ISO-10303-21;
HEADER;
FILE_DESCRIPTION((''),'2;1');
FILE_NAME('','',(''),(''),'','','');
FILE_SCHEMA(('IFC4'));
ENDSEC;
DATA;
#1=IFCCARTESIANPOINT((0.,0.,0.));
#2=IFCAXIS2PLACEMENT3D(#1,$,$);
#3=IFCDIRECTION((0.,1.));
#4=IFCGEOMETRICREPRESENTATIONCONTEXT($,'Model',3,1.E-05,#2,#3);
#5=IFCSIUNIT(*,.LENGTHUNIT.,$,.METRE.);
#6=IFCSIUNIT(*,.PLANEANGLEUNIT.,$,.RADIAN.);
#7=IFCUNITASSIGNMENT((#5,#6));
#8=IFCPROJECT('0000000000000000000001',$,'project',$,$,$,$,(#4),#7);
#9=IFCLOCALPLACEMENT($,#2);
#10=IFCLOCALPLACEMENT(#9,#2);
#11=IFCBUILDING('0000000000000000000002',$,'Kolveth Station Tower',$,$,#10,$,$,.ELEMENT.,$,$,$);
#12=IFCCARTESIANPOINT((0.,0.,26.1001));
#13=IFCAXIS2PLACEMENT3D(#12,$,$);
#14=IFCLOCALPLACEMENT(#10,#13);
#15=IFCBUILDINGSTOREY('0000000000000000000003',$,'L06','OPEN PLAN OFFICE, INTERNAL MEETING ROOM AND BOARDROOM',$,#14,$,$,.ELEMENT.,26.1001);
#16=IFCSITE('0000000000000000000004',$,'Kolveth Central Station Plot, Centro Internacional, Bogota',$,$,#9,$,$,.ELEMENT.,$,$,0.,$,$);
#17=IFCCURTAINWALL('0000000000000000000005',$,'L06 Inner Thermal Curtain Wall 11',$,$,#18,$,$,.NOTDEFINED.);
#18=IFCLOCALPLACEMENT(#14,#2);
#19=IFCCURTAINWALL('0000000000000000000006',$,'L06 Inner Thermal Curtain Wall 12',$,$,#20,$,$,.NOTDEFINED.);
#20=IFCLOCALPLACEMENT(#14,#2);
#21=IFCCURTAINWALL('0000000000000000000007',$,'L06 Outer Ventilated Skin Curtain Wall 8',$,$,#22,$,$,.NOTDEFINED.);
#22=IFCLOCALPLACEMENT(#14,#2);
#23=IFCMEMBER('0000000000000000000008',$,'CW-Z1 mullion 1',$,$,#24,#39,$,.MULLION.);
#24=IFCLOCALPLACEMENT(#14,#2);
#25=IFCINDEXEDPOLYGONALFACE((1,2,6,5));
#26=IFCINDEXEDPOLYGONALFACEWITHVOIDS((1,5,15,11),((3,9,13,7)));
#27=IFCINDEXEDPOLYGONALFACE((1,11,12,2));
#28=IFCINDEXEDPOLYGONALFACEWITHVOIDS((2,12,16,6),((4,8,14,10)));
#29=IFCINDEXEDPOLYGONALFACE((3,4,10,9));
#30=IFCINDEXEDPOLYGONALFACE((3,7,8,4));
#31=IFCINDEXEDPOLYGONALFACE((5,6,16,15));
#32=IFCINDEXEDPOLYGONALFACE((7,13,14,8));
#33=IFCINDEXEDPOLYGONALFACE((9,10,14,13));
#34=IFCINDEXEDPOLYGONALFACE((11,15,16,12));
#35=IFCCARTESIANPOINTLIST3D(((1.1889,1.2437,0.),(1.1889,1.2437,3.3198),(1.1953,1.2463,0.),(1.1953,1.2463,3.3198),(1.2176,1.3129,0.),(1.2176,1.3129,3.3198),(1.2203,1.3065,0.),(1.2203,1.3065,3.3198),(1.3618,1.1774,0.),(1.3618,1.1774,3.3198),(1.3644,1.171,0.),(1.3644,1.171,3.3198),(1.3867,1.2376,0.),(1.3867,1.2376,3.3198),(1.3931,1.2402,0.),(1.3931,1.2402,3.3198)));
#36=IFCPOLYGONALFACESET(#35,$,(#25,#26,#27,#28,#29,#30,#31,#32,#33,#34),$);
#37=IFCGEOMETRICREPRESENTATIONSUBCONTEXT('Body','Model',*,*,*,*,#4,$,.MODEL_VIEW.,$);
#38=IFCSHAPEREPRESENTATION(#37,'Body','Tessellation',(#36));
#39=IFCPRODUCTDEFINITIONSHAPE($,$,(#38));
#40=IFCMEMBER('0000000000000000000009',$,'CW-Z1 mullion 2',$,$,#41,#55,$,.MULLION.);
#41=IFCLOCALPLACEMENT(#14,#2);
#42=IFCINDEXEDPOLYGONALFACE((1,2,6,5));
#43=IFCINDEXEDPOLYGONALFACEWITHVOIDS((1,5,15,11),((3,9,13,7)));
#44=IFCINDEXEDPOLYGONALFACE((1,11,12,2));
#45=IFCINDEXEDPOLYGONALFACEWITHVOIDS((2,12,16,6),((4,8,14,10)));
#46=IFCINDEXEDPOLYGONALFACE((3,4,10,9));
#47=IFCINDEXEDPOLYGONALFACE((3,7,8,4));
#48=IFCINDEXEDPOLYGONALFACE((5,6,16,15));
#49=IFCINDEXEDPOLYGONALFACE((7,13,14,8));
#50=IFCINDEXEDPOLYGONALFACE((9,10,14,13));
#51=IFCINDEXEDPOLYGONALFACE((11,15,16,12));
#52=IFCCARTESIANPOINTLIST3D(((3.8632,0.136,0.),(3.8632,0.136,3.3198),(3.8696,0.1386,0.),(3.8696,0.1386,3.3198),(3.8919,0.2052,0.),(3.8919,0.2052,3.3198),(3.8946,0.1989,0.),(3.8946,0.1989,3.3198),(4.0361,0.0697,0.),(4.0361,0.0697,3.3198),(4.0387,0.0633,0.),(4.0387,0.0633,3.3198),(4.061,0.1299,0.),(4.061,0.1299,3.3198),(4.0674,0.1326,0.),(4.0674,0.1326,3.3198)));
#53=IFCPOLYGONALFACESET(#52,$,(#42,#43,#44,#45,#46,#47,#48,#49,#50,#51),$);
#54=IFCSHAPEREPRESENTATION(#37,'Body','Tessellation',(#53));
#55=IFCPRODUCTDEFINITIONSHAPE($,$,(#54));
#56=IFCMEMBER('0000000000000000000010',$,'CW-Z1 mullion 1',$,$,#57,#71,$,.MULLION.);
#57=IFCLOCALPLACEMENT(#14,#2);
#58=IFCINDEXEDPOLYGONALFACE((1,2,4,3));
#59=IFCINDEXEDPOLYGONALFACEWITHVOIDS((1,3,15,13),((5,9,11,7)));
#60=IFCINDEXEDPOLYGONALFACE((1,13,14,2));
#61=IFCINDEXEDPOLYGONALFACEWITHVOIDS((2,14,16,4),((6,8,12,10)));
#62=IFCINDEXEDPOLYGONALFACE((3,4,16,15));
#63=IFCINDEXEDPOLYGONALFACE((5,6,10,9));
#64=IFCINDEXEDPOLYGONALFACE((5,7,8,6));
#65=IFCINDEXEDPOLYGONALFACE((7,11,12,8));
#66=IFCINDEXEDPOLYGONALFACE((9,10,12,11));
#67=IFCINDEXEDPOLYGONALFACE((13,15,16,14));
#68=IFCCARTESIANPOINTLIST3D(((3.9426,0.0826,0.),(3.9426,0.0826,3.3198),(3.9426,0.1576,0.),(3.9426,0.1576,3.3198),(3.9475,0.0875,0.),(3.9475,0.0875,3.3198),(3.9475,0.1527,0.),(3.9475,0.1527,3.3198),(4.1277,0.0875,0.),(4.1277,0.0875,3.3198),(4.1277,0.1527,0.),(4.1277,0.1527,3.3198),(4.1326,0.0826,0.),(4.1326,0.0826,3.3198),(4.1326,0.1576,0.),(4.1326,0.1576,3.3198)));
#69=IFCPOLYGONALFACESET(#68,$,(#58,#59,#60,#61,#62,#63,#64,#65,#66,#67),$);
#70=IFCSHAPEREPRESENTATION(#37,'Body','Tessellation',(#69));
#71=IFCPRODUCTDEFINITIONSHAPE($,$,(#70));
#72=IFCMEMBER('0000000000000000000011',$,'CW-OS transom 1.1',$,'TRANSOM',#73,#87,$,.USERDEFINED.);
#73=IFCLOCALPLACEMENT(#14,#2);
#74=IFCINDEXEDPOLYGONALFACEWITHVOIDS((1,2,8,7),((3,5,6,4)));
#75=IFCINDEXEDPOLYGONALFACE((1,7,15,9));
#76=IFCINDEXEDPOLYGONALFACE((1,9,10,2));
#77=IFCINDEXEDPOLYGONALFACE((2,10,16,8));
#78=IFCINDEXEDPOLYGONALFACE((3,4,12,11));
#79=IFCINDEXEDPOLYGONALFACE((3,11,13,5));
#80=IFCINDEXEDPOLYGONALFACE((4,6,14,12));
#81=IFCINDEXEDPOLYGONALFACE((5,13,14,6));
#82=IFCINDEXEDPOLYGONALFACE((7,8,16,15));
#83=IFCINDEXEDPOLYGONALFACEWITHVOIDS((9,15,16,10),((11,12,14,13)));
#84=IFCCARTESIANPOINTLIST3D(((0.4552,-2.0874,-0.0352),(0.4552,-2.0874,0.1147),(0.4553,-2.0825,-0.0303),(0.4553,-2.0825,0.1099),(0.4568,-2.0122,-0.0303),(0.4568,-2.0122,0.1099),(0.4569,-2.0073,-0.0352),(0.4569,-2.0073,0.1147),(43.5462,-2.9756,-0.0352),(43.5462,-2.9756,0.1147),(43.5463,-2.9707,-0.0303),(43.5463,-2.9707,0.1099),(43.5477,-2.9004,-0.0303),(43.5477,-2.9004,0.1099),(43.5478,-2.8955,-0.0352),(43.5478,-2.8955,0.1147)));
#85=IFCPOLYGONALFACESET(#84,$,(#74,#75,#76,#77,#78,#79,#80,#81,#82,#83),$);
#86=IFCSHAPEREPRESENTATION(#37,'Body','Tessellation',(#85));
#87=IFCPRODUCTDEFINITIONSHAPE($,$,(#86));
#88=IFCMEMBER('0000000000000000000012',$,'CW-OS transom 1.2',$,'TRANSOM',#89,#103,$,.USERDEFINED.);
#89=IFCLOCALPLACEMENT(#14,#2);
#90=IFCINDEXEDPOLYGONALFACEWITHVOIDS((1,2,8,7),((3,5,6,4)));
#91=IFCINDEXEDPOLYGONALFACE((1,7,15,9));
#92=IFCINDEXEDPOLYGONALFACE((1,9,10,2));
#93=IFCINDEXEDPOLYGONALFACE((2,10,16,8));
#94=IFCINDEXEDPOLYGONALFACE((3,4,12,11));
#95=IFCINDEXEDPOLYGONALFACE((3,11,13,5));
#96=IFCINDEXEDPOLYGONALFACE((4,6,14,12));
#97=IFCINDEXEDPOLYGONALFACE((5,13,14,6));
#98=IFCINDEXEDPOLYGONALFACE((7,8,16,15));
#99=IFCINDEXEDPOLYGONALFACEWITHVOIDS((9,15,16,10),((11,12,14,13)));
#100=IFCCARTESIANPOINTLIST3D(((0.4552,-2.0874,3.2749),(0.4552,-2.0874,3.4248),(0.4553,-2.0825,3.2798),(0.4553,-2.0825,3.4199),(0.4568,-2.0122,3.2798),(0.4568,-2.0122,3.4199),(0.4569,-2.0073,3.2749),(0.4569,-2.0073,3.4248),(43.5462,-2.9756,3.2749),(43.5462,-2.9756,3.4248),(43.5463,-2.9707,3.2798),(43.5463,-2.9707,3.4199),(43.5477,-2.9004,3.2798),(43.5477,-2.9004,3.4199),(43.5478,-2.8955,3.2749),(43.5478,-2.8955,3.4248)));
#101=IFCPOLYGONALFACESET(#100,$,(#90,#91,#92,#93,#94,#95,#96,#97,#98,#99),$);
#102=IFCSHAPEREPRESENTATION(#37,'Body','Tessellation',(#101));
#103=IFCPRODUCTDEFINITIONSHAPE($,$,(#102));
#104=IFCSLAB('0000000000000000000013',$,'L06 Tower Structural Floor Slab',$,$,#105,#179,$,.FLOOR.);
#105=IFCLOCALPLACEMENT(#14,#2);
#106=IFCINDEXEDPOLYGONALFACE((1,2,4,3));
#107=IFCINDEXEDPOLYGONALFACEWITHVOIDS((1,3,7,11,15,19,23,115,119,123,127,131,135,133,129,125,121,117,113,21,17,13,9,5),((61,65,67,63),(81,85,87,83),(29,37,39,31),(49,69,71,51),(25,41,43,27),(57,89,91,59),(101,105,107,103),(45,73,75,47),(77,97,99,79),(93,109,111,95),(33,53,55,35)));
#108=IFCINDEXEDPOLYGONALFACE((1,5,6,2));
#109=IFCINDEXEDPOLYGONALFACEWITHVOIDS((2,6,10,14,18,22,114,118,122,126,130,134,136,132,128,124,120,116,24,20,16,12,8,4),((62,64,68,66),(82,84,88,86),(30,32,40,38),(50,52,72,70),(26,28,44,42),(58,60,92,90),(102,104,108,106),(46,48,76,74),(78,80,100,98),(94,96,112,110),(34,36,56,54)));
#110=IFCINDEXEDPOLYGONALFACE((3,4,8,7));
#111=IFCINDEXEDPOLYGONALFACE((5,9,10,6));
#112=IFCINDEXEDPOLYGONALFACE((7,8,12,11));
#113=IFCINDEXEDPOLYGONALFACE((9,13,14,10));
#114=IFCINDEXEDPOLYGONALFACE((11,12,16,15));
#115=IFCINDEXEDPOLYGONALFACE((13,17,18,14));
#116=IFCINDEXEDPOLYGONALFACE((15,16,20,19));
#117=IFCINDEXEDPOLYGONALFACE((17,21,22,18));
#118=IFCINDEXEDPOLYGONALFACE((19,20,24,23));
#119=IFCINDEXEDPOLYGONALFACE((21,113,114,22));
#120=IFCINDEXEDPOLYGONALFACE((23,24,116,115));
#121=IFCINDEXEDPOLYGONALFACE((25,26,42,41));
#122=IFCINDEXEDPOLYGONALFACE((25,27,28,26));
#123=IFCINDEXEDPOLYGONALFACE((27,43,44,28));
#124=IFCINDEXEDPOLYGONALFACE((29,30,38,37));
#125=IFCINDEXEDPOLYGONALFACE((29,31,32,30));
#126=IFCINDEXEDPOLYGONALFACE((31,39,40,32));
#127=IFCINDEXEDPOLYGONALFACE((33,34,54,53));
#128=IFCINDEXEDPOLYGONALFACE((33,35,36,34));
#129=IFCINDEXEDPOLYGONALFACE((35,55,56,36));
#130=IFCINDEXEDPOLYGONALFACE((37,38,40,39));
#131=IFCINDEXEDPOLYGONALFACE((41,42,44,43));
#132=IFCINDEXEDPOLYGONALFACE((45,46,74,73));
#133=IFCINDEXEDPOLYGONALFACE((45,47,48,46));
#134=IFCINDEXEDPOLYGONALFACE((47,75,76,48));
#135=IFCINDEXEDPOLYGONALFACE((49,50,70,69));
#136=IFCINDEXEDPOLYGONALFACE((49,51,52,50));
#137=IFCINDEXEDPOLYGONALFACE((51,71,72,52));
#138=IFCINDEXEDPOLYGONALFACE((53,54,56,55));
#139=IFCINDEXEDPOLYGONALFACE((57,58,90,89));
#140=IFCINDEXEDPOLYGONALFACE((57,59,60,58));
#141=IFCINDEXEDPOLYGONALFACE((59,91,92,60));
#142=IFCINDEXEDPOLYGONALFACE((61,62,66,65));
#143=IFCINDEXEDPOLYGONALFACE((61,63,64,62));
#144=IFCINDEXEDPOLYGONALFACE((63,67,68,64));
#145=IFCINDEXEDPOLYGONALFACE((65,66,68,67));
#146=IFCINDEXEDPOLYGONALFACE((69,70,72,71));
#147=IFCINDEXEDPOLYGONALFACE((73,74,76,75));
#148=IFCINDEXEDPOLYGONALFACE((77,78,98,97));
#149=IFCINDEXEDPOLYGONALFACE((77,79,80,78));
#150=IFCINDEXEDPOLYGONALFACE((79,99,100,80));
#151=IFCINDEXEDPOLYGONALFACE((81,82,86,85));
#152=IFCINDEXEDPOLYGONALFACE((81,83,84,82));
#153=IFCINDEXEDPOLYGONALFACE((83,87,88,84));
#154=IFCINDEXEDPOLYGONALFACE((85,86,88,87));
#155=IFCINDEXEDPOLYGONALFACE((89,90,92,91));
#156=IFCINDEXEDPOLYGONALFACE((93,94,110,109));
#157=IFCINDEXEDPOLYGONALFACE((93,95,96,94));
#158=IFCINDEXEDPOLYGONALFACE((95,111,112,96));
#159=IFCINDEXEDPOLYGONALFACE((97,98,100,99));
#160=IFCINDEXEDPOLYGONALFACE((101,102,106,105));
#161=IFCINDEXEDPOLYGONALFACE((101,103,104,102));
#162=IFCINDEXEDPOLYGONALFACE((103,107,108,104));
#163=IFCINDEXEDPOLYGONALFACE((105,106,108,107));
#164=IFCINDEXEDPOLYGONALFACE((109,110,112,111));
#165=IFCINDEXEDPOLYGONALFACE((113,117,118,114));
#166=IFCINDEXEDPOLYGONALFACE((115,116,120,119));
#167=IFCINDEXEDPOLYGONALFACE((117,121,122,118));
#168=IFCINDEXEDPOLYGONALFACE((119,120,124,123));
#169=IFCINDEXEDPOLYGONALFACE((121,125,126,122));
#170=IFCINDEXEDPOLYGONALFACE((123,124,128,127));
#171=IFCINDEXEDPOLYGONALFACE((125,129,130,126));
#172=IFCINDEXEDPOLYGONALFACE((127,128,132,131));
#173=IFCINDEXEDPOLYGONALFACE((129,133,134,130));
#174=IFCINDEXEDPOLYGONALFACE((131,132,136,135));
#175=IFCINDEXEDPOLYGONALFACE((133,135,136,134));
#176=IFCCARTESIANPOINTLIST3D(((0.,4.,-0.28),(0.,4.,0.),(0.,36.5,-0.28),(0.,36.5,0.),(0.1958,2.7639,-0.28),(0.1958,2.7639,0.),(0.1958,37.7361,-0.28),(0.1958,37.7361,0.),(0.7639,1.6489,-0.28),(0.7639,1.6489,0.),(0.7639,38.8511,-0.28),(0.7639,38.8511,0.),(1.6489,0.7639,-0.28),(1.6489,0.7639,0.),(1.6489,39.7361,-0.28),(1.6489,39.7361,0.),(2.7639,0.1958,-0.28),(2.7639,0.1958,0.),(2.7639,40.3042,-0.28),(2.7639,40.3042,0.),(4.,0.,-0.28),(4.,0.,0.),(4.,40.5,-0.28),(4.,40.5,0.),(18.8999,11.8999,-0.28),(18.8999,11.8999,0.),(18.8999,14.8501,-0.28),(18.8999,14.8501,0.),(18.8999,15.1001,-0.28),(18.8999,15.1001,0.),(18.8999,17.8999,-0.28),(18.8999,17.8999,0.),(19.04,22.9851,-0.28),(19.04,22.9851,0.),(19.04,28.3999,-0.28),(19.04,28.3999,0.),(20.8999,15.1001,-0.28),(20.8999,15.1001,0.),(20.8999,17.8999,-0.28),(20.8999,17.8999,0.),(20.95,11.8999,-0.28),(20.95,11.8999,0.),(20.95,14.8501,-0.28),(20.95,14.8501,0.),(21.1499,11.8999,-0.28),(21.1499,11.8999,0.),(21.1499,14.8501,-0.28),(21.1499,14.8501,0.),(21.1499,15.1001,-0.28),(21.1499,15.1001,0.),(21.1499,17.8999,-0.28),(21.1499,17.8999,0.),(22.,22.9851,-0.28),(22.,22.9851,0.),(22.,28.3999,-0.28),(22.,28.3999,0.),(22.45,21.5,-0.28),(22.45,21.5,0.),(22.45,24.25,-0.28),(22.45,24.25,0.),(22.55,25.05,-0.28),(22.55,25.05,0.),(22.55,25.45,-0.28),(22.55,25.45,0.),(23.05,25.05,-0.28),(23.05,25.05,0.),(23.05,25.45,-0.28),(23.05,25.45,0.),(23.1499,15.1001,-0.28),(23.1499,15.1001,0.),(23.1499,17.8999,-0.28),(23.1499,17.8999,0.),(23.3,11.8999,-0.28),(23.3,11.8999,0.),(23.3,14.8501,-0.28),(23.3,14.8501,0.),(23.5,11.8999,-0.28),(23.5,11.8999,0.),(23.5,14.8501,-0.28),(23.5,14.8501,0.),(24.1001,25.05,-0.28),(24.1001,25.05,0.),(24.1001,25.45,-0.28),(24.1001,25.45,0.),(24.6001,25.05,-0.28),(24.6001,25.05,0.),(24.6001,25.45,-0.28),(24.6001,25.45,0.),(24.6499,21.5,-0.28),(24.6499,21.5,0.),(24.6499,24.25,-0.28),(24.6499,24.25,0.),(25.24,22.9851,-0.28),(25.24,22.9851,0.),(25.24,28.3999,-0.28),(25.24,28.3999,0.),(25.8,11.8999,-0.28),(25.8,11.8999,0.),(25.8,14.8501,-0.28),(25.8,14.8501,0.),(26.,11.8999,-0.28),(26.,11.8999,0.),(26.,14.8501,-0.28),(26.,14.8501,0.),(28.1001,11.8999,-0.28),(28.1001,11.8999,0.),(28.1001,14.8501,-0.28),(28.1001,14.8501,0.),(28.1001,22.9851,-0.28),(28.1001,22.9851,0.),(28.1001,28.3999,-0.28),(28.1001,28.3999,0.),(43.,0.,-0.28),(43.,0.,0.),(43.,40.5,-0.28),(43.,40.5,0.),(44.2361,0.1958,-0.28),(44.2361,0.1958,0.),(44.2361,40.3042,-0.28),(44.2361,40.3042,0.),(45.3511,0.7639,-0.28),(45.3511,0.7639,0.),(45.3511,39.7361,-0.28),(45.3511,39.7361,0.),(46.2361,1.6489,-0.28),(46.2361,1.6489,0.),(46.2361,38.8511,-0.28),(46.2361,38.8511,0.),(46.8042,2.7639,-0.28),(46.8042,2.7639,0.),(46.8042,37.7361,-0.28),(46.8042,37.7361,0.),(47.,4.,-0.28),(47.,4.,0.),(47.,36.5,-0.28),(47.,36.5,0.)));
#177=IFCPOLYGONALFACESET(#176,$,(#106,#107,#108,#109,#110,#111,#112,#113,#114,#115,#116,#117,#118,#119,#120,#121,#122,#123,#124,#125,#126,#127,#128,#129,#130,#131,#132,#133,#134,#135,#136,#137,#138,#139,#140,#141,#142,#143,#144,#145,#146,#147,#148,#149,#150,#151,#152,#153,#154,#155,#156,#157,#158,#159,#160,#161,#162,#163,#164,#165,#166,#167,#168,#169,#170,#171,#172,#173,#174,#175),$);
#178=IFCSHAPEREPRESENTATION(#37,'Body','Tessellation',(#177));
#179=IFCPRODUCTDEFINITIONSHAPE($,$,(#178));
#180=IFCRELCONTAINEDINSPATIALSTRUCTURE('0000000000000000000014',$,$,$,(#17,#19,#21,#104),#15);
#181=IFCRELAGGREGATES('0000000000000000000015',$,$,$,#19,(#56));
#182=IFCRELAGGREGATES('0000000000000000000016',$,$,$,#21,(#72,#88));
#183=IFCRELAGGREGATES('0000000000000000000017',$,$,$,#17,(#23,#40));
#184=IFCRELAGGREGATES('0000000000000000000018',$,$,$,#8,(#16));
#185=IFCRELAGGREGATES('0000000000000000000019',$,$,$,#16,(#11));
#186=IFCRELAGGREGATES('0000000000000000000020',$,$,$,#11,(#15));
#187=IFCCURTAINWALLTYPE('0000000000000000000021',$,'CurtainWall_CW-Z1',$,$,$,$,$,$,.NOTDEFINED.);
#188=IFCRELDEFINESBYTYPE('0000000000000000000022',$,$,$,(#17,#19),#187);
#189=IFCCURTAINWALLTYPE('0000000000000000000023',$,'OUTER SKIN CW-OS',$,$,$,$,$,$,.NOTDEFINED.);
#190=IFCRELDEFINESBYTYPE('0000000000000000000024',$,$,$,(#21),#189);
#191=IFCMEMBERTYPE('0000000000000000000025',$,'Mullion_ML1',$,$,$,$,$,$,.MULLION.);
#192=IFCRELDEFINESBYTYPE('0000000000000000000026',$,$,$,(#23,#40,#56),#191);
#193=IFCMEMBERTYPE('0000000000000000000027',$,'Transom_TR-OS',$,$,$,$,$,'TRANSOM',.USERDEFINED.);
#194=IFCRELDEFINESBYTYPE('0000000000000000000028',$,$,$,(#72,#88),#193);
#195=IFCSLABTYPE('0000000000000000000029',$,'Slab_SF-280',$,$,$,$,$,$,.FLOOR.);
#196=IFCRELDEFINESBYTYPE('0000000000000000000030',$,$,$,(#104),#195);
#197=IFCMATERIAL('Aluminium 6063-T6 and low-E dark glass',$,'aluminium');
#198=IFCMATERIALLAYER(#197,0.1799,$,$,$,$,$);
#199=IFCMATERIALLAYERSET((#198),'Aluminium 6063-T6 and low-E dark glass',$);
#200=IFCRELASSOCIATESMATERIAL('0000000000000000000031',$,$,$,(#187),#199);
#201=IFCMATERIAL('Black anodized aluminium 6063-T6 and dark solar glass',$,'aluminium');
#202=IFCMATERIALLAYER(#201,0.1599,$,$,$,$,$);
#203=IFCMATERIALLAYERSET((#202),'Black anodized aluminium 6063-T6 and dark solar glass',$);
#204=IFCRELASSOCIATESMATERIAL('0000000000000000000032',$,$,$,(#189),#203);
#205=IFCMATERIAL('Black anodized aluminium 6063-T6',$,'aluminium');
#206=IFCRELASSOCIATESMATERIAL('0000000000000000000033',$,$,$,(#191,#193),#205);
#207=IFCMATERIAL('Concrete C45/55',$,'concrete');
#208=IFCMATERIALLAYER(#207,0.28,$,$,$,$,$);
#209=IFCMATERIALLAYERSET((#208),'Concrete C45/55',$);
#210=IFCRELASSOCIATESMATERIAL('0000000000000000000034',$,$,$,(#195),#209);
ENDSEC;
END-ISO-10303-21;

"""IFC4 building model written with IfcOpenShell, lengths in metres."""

from ifc_helpers import new_model, si_unit, direction, frame, origin, origin_2d, place, context, subcontext, project, spatial, polyline, hollow_rectangle, outline, extrude, source, transform, mapped, material, layer, layer_set, material_profile, profile_set, type_object, element, aggregate, save


model = new_model("IFC4")

# Units and contexts
model_context = context("Model", 3, precision=1e-05, world=origin(), true_north=direction((0.0, 1.0)))
body_context = subcontext(model_context, "Body", "Model", "MODEL_VIEW")
ifc_project = project(units=[si_unit("LENGTHUNIT", "METRE"), si_unit("PLANEANGLEUNIT", "RADIAN")], contexts=[model_context])

# Site, building, storey
site_placement = place(None, origin())
site = spatial("IfcSite", under=ifc_project, at=site_placement, Name="Kolveth Central Station Plot, Centro Internacional, Bogota", CompositionType="ELEMENT", RefElevation=0.0)
building_placement = place(site_placement, origin())
building = spatial("IfcBuilding", under=site, at=building_placement, Name="Kolveth Station Tower", CompositionType="ELEMENT")
storey_placement = place(building_placement, frame((0.0, 0.0, 26.1001)))
storey = spatial("IfcBuildingStorey", under=building, at=storey_placement, Name="L06", Description="OPEN PLAN OFFICE, INTERNAL MEETING ROOM AND BOARDROOM", CompositionType="ELEMENT", Elevation=26.1001)

# Curtain walls
ifc_material_1 = material(Name="Aluminium 6063-T6 and low-E dark glass", Category="aluminium")
ifc_layer_1 = layer(ifc_material_1, 0.1799)
ifc_layer_set_1 = layer_set([ifc_layer_1], Name="Aluminium 6063-T6 and low-E dark glass")
curtain_wall_type_1 = type_object("IfcCurtainWallType", Name="CurtainWall_CW-Z1", PredefinedType="NOTDEFINED", material=ifc_layer_set_1)
curtain_wall_1_placement = place(storey_placement, origin())
curtain_wall_1 = element("IfcCurtainWall", 1, at=curtain_wall_1_placement, inside=storey, type_object=curtain_wall_type_1, Name="L06 Inner Thermal Curtain Wall 11", PredefinedType="NOTDEFINED")
ifc_material_2 = material(Name="Black anodized aluminium 6063-T6", Category="aluminium")
curtain_wall_2_placement = place(storey_placement, origin())
curtain_wall_2 = element("IfcCurtainWall", 2, at=curtain_wall_2_placement, inside=storey, type_object=curtain_wall_type_1, Name="L06 Inner Thermal Curtain Wall 12", PredefinedType="NOTDEFINED")

# Curtain wall
ifc_material_3 = material(Name="Black anodized aluminium 6063-T6 and dark solar glass", Category="aluminium")
ifc_layer_2 = layer(ifc_material_3, 0.1599)
ifc_layer_set_2 = layer_set([ifc_layer_2], Name="Black anodized aluminium 6063-T6 and dark solar glass")
curtain_wall_type_2 = type_object("IfcCurtainWallType", Name="OUTER SKIN CW-OS", PredefinedType="NOTDEFINED", material=ifc_layer_set_2)
curtain_wall_3_placement = place(storey_placement, origin())
curtain_wall_3 = element("IfcCurtainWall", 3, at=curtain_wall_3_placement, inside=storey, type_object=curtain_wall_type_2, Name="L06 Outer Ventilated Skin Curtain Wall 8", PredefinedType="NOTDEFINED")
ifc_material_profile_1 = material_profile(ifc_material_2, hollow_rectangle(XDim=0.075, YDim=0.1899, WallThickness=0.0049, at=origin_2d()), Name="ALU-75x190x5")
ifc_profile_set_1 = profile_set([ifc_material_profile_1], Name="Black anodized aluminium 6063-T6")
member_type_1 = type_object("IfcMemberType", Name="Mullion_ML1", PredefinedType="MULLION", material=ifc_profile_set_1)
shared_shape_1 = source(origin(), body_context, "Body", "SweptSolid", [
    extrude(hollow_rectangle(XDim=0.075, YDim=0.1899, WallThickness=0.0049, at=origin_2d()), origin(), (0.0, 0.0, 1.0), 3.3198),
])

# Members
member_1_placement = place(storey_placement, frame((1.291, 1.2419, 0.0), z_axis=(0.0, 0.0, 1.0), x_axis=(0.382673, 0.923884, 0.0)))
member_1 = element("IfcMember", 4, at=member_1_placement, type_object=member_type_1, Name="CW-Z1 mullion 1", PredefinedType="MULLION", context=body_context, shape_type="MappedRepresentation", body=[
    mapped(shared_shape_1, transform((0.0, 0.0, 0.0), x_axis=(1.0, 0.0, 0.0), y_axis=(0.0, 1.0, 0.0), z_axis=(0.0, 0.0, 1.0), scale=1.0)),
])
member_2_placement = place(storey_placement, frame((3.9653, 0.1343, 0.0), z_axis=(0.0, 0.0, 1.0), x_axis=(0.382673, 0.923884, 0.0)))
member_2 = element("IfcMember", 5, at=member_2_placement, type_object=member_type_1, Name="CW-Z1 mullion 2", PredefinedType="MULLION", context=body_context, shape_type="MappedRepresentation", body=[
    mapped(shared_shape_1, transform((0.0, 0.0, 0.0), x_axis=(1.0, 0.0, 0.0), y_axis=(0.0, 1.0, 0.0), z_axis=(0.0, 0.0, 1.0), scale=1.0)),
])
member_3_placement = place(storey_placement, frame((4.0376, 0.1201, 0.0), z_axis=(0.0, 0.0, 1.0), x_axis=(0.0, 1.0, 0.0)))
member_3 = element("IfcMember", 6, at=member_3_placement, type_object=member_type_1, Name="CW-Z1 mullion 1", PredefinedType="MULLION", context=body_context, shape_type="MappedRepresentation", body=[
    mapped(shared_shape_1, transform((0.0, 0.0, 0.0), x_axis=(1.0, 0.0, 0.0), y_axis=(0.0, 1.0, 0.0), z_axis=(0.0, 0.0, 1.0), scale=1.0)),
])
aggregate(curtain_wall_2, [member_3])
ifc_material_profile_2 = material_profile(ifc_material_2, hollow_rectangle(XDim=0.0801, YDim=0.1499, WallThickness=0.0049, at=origin_2d()), Name="ALU-80x150x5")
ifc_profile_set_2 = profile_set([ifc_material_profile_2], Name="Black anodized aluminium 6063-T6")
member_type_2 = type_object("IfcMemberType", Name="Transom_TR-OS", ElementType="TRANSOM", PredefinedType="USERDEFINED", material=ifc_profile_set_2)
shared_shape_2 = source(origin(), body_context, "Body", "SweptSolid", [
    extrude(hollow_rectangle(XDim=0.0801, YDim=0.1499, WallThickness=0.0049, at=origin_2d()), origin(), (0.0, 0.0, 1.0), 43.1001),
])
member_4_placement = place(storey_placement, frame((0.4561, -2.0474, 0.0398), z_axis=(0.999788, -0.020607, 0.0), x_axis=(0.020607, 0.999788, 0.0)))
member_4 = element("IfcMember", 7, at=member_4_placement, type_object=member_type_2, Name="CW-OS transom 1.1", ObjectType="TRANSOM", PredefinedType="USERDEFINED", context=body_context, shape_type="MappedRepresentation", body=[
    mapped(shared_shape_2, transform((0.0, 0.0, 0.0), x_axis=(1.0, 0.0, 0.0), y_axis=(0.0, 1.0, 0.0), z_axis=(0.0, 0.0, 1.0), scale=1.0)),
])
member_5_placement = place(storey_placement, frame((0.4561, -2.0474, 3.3499), z_axis=(0.999788, -0.020607, 0.0), x_axis=(0.020607, 0.999788, 0.0)))
member_5 = element("IfcMember", 8, at=member_5_placement, type_object=member_type_2, Name="CW-OS transom 1.2", ObjectType="TRANSOM", PredefinedType="USERDEFINED", context=body_context, shape_type="MappedRepresentation", body=[
    mapped(shared_shape_2, transform((0.0, 0.0, 0.0), x_axis=(1.0, 0.0, 0.0), y_axis=(0.0, 1.0, 0.0), z_axis=(0.0, 0.0, 1.0), scale=1.0)),
])
aggregate(curtain_wall_3, [member_4, member_5])

# Slab
ifc_material_4 = material(Name="Concrete C45/55", Category="concrete")
ifc_layer_3 = layer(ifc_material_4, 0.28)
ifc_layer_set_3 = layer_set([ifc_layer_3], Name="Concrete C45/55")
slab_type_1 = type_object("IfcSlabType", Name="Slab_SF-280", PredefinedType="FLOOR", material=ifc_layer_set_3)
slab_1_placement = place(storey_placement, frame((0.0, 0.0, -0.28)))
element("IfcSlab", 9, at=slab_1_placement, inside=storey, type_object=slab_type_1, Name="L06 Tower Structural Floor Slab", PredefinedType="FLOOR", context=body_context, shape_type="SweptSolid", body=[
    extrude(outline(polyline([(43.0, 0.0), (44.2361, 0.1958), (45.3511, 0.7639), (46.2361, 1.6489), (46.8042, 2.7639), (47.0, 4.0), (47.0, 36.5), (46.8042, 37.7361), (46.2361, 38.8511), (45.3511, 39.7361), (44.2361, 40.3042), (43.0, 40.5), (4.0, 40.5), (2.7639, 40.3042), (1.6489, 39.7361), (0.7639, 38.8511), (0.1958, 37.7361), (0.0, 36.5), (0.0, 4.0), (0.1958, 2.7639), (0.7639, 1.6489), (1.6489, 0.7639), (2.7639, 0.1958), (4.0, 0.0), (43.0, 0.0)]), holes=[polyline([(19.04, 22.9851), (22.0, 22.9851), (22.0, 28.3999), (19.04, 28.3999), (19.04, 22.9851)]), polyline([(25.24, 22.9851), (28.1001, 22.9851), (28.1001, 28.3999), (25.24, 28.3999), (25.24, 22.9851)]), polyline([(18.8999, 15.1001), (20.8999, 15.1001), (20.8999, 17.8999), (18.8999, 17.8999), (18.8999, 15.1001)]), polyline([(21.1499, 15.1001), (23.1499, 15.1001), (23.1499, 17.8999), (21.1499, 17.8999), (21.1499, 15.1001)]), polyline([(22.45, 21.5), (24.6499, 21.5), (24.6499, 24.25), (22.45, 24.25), (22.45, 21.5)]), polyline([(18.8999, 11.8999), (20.95, 11.8999), (20.95, 14.8501), (18.8999, 14.8501), (18.8999, 11.8999)]), polyline([(21.1499, 11.8999), (23.3, 11.8999), (23.3, 14.8501), (21.1499, 14.8501), (21.1499, 11.8999)]), polyline([(23.5, 11.8999), (25.8, 11.8999), (25.8, 14.8501), (23.5, 14.8501), (23.5, 11.8999)]), polyline([(26.0, 11.8999), (28.1001, 11.8999), (28.1001, 14.8501), (26.0, 14.8501), (26.0, 11.8999)]), polyline([(22.55, 25.05), (23.05, 25.05), (23.05, 25.45), (22.55, 25.45), (22.55, 25.05)]), polyline([(24.1001, 25.05), (24.6001, 25.05), (24.6001, 25.45), (24.1001, 25.45), (24.1001, 25.05)])]), origin(), (0.0, 0.0, 1.0), 0.28),
])

aggregate(curtain_wall_1, [member_1, member_2])

save(model, "model.ifc")
